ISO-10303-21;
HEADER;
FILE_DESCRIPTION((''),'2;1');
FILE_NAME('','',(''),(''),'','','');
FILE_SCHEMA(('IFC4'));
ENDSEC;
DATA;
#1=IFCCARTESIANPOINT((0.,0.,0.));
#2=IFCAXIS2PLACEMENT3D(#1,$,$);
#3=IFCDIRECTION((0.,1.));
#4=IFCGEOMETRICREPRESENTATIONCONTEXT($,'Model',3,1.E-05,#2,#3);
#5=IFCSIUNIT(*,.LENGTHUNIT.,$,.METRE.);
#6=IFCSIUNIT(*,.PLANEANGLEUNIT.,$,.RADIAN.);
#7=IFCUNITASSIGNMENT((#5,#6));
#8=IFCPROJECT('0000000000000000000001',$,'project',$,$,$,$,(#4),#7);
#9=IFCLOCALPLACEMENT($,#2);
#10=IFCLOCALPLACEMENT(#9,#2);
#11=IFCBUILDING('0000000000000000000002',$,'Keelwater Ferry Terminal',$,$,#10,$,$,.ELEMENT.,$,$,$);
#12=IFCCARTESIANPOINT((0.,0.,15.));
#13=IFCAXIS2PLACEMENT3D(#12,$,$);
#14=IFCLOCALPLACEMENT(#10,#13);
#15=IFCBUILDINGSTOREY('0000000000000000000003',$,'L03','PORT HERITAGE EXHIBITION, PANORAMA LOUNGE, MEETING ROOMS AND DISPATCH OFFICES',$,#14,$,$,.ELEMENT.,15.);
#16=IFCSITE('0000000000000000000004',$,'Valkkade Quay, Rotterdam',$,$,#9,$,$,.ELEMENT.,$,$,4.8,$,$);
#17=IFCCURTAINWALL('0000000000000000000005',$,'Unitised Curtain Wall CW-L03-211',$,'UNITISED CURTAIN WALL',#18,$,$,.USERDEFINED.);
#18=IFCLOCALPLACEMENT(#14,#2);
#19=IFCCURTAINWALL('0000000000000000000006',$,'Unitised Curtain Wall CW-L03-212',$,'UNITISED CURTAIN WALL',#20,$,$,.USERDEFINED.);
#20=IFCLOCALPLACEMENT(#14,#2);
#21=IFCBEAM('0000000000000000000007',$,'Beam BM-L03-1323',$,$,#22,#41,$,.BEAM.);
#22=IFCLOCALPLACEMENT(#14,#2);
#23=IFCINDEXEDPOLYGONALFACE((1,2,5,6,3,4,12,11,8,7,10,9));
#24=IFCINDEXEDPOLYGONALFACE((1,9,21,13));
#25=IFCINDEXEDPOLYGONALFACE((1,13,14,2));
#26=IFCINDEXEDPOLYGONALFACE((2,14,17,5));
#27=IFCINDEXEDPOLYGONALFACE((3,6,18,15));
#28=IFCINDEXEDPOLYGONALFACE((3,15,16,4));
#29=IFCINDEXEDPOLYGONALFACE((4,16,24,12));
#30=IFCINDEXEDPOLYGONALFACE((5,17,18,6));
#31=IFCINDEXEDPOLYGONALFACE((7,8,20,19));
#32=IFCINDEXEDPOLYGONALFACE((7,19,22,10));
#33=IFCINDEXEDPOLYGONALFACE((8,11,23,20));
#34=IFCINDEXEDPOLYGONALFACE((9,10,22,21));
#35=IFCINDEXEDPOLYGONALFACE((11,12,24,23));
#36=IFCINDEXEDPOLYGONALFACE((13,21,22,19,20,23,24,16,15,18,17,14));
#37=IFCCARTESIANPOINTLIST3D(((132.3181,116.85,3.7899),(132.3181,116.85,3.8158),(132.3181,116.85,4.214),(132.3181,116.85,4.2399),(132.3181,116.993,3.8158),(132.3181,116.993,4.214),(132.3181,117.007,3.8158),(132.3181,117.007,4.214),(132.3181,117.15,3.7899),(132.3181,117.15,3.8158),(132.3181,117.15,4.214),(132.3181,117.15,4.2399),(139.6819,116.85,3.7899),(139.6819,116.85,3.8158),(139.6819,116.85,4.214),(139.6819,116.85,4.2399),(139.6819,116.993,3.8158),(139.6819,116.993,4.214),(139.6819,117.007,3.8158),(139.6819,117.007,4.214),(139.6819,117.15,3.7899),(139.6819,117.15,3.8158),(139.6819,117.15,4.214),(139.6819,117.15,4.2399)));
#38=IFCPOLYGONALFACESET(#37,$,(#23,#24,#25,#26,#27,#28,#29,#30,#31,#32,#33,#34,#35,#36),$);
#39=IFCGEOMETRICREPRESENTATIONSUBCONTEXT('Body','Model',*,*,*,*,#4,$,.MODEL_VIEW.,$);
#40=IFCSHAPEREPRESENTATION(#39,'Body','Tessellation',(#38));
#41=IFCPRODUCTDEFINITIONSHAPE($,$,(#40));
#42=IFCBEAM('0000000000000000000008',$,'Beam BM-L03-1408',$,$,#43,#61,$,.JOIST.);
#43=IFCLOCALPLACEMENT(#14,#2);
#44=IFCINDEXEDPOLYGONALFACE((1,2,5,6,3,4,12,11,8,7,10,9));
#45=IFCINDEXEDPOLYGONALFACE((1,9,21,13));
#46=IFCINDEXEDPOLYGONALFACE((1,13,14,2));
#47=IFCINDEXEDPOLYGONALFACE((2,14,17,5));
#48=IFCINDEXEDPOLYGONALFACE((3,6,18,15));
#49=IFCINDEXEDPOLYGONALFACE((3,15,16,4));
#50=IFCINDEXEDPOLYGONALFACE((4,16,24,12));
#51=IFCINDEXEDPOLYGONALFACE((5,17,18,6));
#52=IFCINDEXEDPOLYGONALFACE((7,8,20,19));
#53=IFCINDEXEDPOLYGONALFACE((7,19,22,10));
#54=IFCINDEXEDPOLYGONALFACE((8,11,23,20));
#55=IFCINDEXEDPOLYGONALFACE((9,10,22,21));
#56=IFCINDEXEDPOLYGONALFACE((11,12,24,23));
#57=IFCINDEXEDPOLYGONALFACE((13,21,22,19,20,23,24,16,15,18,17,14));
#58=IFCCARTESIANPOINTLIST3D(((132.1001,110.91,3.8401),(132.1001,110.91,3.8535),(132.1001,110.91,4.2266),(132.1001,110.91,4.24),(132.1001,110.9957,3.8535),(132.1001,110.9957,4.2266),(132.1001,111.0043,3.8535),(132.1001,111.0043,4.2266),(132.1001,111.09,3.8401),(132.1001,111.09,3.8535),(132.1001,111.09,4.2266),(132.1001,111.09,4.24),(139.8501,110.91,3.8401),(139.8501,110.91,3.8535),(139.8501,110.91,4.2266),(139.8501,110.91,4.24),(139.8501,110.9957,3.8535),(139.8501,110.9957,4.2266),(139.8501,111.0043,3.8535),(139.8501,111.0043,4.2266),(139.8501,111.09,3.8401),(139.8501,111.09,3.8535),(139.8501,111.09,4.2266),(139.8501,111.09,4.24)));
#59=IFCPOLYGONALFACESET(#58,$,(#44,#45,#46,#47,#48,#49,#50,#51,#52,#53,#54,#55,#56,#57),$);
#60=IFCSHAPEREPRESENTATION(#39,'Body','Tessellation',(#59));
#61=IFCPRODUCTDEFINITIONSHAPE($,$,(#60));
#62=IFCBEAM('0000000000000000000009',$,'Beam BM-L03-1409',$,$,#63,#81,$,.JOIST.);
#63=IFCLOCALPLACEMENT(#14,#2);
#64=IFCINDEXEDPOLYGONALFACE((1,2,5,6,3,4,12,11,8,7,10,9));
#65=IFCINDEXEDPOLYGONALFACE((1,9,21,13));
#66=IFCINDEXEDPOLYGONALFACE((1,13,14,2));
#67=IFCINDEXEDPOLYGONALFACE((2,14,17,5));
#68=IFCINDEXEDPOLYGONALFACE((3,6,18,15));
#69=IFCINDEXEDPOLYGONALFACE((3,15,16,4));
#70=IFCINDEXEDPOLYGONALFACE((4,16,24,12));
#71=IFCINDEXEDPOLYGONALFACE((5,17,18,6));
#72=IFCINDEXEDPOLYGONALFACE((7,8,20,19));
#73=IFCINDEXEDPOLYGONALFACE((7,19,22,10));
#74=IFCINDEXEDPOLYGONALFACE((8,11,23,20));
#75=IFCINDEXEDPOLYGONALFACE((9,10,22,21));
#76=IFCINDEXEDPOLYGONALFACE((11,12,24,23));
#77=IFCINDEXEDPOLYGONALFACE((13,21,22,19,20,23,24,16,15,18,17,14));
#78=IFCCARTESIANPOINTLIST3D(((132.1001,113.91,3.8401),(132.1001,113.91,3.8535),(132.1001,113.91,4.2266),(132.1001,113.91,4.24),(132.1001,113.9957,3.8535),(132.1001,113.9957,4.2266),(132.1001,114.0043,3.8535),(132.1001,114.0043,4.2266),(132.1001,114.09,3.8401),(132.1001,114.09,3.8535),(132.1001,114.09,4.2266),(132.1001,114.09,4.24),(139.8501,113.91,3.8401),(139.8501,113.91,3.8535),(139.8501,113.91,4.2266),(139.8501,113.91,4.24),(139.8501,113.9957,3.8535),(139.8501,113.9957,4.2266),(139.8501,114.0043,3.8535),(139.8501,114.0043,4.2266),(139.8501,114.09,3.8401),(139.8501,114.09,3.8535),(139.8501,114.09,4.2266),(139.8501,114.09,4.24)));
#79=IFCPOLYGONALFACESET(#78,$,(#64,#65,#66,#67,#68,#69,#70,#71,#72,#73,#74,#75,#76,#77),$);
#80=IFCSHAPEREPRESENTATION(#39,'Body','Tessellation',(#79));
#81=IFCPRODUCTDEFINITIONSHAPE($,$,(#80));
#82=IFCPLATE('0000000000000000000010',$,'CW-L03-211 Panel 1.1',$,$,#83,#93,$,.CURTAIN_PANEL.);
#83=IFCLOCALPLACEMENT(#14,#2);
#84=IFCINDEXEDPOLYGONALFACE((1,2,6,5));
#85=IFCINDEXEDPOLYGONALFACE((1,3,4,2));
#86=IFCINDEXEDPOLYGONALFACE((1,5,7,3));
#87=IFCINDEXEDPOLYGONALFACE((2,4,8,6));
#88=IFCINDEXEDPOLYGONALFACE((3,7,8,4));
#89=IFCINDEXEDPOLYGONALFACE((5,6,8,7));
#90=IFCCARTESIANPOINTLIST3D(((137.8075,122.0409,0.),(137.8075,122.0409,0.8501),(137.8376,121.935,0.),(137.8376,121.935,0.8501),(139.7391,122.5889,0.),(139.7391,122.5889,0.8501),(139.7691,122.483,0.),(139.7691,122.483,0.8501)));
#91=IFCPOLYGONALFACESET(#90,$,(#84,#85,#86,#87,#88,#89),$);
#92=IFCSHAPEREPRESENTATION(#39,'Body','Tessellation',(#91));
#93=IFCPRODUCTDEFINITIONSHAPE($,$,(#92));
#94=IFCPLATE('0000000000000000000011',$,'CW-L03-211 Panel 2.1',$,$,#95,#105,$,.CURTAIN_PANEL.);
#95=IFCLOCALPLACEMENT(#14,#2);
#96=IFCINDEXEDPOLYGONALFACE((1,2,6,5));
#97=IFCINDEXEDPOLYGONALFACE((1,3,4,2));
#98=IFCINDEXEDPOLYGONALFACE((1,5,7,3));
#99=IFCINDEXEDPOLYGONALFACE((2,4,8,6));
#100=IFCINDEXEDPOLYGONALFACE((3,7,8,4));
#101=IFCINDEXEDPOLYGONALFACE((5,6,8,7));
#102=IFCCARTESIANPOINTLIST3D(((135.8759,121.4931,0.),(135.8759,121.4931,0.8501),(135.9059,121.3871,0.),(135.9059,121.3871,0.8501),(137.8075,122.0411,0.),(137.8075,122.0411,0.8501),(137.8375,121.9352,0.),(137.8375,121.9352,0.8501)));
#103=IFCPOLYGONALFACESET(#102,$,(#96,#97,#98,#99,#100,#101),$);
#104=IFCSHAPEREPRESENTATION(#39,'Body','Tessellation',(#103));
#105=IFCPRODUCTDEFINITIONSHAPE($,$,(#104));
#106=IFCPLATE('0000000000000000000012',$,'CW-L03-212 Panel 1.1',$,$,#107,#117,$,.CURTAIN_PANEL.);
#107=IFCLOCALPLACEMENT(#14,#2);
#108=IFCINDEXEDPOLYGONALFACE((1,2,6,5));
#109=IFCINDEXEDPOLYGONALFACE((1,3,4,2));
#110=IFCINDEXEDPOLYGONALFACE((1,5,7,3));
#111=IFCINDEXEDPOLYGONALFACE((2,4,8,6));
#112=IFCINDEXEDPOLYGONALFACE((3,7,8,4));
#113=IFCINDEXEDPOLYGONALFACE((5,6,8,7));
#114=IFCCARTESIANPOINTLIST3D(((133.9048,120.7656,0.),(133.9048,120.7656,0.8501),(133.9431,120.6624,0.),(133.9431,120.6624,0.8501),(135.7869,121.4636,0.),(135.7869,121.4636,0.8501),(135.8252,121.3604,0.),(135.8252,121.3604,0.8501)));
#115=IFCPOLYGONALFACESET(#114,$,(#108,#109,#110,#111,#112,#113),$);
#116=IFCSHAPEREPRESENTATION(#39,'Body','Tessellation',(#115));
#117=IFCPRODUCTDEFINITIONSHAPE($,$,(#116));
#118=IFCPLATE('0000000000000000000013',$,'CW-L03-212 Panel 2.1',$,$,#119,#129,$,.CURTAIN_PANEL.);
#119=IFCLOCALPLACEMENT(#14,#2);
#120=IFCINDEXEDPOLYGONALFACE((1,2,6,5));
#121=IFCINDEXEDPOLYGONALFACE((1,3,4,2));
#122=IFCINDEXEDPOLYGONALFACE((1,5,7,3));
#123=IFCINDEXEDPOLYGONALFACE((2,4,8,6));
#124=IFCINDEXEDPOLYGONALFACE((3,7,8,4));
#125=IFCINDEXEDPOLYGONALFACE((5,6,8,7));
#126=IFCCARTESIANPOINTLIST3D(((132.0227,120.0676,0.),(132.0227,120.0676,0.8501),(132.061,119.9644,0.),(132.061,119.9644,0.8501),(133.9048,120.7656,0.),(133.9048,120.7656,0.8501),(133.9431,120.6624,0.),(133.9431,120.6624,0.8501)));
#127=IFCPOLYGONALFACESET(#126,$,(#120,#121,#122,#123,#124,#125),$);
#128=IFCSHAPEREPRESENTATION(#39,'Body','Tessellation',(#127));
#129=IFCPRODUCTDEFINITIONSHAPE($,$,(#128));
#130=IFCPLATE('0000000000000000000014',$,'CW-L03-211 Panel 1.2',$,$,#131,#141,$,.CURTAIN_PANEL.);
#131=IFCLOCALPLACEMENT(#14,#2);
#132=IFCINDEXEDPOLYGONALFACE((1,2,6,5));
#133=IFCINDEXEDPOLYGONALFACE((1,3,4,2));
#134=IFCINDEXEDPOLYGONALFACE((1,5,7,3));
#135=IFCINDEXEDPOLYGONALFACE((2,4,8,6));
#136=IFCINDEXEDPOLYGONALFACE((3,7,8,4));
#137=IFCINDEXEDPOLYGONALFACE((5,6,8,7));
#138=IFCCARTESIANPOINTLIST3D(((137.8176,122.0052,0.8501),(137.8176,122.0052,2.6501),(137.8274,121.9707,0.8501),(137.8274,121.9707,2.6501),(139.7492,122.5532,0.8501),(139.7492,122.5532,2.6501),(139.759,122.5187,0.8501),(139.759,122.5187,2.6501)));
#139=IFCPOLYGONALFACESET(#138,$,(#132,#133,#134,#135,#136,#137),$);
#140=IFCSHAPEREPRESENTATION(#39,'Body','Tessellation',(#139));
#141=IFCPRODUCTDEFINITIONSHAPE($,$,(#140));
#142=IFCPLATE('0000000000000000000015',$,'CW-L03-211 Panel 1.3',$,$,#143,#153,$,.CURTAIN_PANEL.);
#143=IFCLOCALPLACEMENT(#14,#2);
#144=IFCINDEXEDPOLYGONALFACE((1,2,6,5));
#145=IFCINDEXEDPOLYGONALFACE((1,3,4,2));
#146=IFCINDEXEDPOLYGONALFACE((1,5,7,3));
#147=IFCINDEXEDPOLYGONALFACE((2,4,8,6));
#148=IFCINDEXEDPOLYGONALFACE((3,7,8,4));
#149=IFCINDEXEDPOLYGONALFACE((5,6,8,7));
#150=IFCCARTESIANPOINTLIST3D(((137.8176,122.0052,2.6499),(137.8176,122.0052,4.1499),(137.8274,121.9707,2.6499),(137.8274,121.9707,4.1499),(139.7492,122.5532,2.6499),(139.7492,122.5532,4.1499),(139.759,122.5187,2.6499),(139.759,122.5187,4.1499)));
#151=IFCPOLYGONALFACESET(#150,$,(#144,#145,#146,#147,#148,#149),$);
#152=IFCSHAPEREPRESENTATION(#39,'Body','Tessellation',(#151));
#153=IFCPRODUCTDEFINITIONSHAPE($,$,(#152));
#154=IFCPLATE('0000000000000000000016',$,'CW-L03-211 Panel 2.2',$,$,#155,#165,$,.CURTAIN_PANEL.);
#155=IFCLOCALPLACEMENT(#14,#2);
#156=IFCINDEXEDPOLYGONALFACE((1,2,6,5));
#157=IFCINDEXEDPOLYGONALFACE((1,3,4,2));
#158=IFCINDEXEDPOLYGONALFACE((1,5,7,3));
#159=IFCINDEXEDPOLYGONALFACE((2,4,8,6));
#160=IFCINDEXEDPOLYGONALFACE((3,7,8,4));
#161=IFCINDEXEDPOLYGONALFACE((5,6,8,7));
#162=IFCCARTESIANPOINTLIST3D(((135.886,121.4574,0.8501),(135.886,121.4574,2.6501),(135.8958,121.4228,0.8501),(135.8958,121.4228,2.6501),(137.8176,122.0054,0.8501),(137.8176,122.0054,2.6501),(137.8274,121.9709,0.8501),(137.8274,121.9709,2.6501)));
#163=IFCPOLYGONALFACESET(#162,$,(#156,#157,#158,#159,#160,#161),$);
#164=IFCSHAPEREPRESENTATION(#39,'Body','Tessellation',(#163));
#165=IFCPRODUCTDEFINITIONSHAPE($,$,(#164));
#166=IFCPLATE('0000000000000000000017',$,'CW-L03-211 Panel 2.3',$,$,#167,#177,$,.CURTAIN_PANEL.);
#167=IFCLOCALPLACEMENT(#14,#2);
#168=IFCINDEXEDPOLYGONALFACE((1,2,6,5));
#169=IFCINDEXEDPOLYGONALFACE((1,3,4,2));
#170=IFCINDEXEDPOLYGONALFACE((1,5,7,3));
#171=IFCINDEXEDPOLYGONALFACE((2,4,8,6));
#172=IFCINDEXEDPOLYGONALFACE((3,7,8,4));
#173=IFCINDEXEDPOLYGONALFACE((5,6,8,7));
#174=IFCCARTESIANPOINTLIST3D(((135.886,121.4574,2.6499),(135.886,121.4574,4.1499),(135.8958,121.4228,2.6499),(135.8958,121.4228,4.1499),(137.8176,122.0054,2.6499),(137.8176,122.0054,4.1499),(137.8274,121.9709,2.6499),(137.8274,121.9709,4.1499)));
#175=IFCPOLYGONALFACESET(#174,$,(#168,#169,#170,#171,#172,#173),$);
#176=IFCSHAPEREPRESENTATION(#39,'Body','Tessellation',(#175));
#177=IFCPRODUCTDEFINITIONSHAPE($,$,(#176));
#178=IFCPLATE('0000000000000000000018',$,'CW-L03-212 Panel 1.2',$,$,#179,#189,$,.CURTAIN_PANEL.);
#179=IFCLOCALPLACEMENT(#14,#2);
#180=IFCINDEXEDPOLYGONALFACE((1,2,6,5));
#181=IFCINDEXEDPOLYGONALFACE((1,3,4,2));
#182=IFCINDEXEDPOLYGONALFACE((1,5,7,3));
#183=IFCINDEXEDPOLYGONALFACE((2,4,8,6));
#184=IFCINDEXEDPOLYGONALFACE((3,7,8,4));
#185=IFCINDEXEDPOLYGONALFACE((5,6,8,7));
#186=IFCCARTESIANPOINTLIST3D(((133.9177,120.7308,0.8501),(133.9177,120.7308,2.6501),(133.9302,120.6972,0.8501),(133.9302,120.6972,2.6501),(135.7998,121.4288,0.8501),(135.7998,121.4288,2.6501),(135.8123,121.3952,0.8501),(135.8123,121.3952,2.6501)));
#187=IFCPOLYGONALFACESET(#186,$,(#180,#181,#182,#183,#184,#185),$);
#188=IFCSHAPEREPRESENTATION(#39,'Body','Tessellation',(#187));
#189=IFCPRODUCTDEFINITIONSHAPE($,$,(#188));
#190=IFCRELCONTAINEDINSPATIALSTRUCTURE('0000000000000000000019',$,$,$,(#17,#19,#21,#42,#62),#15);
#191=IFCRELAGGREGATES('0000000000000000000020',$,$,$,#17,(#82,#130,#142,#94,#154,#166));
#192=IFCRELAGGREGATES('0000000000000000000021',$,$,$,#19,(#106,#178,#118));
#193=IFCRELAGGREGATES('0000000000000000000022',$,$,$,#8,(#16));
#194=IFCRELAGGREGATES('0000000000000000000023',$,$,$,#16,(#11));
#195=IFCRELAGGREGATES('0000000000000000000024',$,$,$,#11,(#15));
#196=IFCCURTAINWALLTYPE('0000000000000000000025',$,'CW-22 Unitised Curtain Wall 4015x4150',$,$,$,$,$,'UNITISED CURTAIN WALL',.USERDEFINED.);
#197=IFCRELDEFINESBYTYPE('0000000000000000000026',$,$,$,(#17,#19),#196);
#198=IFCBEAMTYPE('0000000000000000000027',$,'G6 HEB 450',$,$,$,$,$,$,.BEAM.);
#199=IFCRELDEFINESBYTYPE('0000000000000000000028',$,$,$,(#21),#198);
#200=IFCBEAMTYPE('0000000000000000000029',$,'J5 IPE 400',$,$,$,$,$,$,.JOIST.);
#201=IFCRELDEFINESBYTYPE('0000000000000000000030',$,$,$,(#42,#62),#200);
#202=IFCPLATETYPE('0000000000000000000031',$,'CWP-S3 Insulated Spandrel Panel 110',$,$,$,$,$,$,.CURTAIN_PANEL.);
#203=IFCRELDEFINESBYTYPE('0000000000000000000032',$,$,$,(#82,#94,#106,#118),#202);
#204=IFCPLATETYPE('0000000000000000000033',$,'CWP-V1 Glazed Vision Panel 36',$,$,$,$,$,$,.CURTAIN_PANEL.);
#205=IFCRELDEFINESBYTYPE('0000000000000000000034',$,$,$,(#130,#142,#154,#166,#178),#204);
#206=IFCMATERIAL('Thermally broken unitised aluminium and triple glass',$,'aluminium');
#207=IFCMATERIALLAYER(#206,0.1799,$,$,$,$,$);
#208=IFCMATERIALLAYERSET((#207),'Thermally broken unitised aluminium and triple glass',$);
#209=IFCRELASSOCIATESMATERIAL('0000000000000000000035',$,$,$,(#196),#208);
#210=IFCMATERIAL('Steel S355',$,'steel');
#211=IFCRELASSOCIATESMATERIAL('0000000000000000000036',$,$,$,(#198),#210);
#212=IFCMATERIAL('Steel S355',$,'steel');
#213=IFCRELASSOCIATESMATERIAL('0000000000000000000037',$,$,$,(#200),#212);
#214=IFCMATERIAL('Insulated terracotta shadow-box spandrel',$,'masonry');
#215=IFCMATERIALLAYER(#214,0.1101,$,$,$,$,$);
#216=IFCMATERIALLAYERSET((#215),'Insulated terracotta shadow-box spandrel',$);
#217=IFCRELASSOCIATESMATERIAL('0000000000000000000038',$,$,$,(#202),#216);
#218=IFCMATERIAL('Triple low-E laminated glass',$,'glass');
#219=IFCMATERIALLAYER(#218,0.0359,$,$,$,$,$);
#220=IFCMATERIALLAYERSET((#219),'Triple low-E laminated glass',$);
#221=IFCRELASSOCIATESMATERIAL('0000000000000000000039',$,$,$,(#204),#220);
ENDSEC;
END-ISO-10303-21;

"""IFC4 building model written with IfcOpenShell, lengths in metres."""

from ifc_helpers import new_model, si_unit, direction, frame, origin, origin_2d, place, context, subcontext, project, spatial, rectangle, i_section, extrude, material, layer, layer_set, material_profile, profile_set, type_object, element, aggregate, save


model = new_model("IFC4")

# Units and contexts
model_context = context("Model", 3, precision=1e-05, world=origin(), true_north=direction((0.0, 1.0)))
body_context = subcontext(model_context, "Body", "Model", "MODEL_VIEW")
ifc_project = project(units=[si_unit("LENGTHUNIT", "METRE"), si_unit("PLANEANGLEUNIT", "RADIAN")], contexts=[model_context])

# Site, building, storey
site_placement = place(None, origin())
site = spatial("IfcSite", under=ifc_project, at=site_placement, Name="Valkkade Quay, Rotterdam", CompositionType="ELEMENT", RefElevation=4.8)
building_placement = place(site_placement, origin())
building = spatial("IfcBuilding", under=site, at=building_placement, Name="Keelwater Ferry Terminal", CompositionType="ELEMENT")
storey_placement = place(building_placement, frame((0.0, 0.0, 15.0)))
storey = spatial("IfcBuildingStorey", under=building, at=storey_placement, Name="L03", Description="PORT HERITAGE EXHIBITION, PANORAMA LOUNGE, MEETING ROOMS AND DISPATCH OFFICES", CompositionType="ELEMENT", Elevation=15.0)

# Shared definitions
ifc_material_1 = material(Name="Thermally broken unitised aluminium and triple glass", Category="aluminium")
ifc_layer_1 = layer(ifc_material_1, 0.1799)
ifc_layer_set_1 = layer_set([ifc_layer_1], Name="Thermally broken unitised aluminium and triple glass")
curtain_wall_type = type_object("IfcCurtainWallType", Name="CW-22 Unitised Curtain Wall 4015x4150", ElementType="UNITISED CURTAIN WALL", PredefinedType="USERDEFINED", material=ifc_layer_set_1)

# Curtain walls
curtain_wall_1_placement = place(storey_placement, origin())
curtain_wall_1 = element("IfcCurtainWall", 1, at=curtain_wall_1_placement, inside=storey, type_object=curtain_wall_type, Name="Unitised Curtain Wall CW-L03-211", ObjectType="UNITISED CURTAIN WALL", PredefinedType="USERDEFINED")
curtain_wall_2_placement = place(storey_placement, origin())
curtain_wall_2 = element("IfcCurtainWall", 2, at=curtain_wall_2_placement, inside=storey, type_object=curtain_wall_type, Name="Unitised Curtain Wall CW-L03-212", ObjectType="UNITISED CURTAIN WALL", PredefinedType="USERDEFINED")

# Beams
ifc_material_2 = material(Name="Steel S355", Category="steel")
ifc_material_profile_1 = material_profile(ifc_material_2, i_section(OverallWidth=0.3, OverallDepth=0.45, WebThickness=0.0139, FlangeThickness=0.0259, at=origin_2d()), Name="HEB 450")
ifc_profile_set_1 = profile_set([ifc_material_profile_1], Name="Steel S355")
beam_type_1 = type_object("IfcBeamType", Name="G6 HEB 450", PredefinedType="BEAM", material=ifc_profile_set_1)
beam_placement = place(storey_placement, frame((132.3181, 117.0, 4.0149), z_axis=(1.0, 0.0, 0.0), x_axis=(0.0, 1.0, 0.0)))
element("IfcBeam", 3, at=beam_placement, inside=storey, type_object=beam_type_1, Name="Beam BM-L03-1323", PredefinedType="BEAM", context=body_context, shape_type="SweptSolid", body=[
    extrude(i_section(OverallWidth=0.3, OverallDepth=0.45, WebThickness=0.0139, FlangeThickness=0.0259, at=origin_2d()), origin(), (0.0, 0.0, 1.0), 7.3638),
])
ifc_material_3 = material(Name="Steel S355", Category="steel")
ifc_material_profile_2 = material_profile(ifc_material_3, i_section(OverallWidth=0.1799, OverallDepth=0.3999, WebThickness=0.0085, FlangeThickness=0.0134, at=origin_2d()), Name="IPE 400")
ifc_profile_set_2 = profile_set([ifc_material_profile_2], Name="Steel S355")
beam_type_2 = type_object("IfcBeamType", Name="J5 IPE 400", PredefinedType="JOIST", material=ifc_profile_set_2)
for number, where, z_axis, x_axis, name in (
    (4, (132.1001, 111.0, 4.04), (1.0, 0.0, 0.0), (0.0, 1.0, 0.0), "Beam BM-L03-1408"),
    (5, (132.1001, 114.0, 4.04), (1.0, 0.0, 0.0), (0.0, 1.0, 0.0), "Beam BM-L03-1409"),
):
    element("IfcBeam", number, at=place(storey_placement, frame(where, z_axis=z_axis, x_axis=x_axis)), inside=storey, type_object=beam_type_2, Name=name, PredefinedType="JOIST", context=body_context, shape_type="SweptSolid", body=[
        extrude(i_section(OverallWidth=0.1799, OverallDepth=0.3999, WebThickness=0.0085, FlangeThickness=0.0134, at=origin_2d()), origin(), (0.0, 0.0, 1.0), 7.75),
    ])

# Plates
ifc_material_4 = material(Name="Insulated terracotta shadow-box spandrel", Category="masonry")
ifc_layer_2 = layer(ifc_material_4, 0.1101)
ifc_layer_set_2 = layer_set([ifc_layer_2], Name="Insulated terracotta shadow-box spandrel")
plate_type_1 = type_object("IfcPlateType", Name="CWP-S3 Insulated Spandrel Panel 110", PredefinedType="CURTAIN_PANEL", material=ifc_layer_set_2)
plate_1_placement = place(storey_placement, frame((138.7883, 122.262, 0.0), z_axis=(0.0, 0.0, 1.0), x_axis=(-0.96203, -0.272945, 0.0)))
plate_1 = element("IfcPlate", 6, at=plate_1_placement, type_object=plate_type_1, Name="CW-L03-211 Panel 1.1", PredefinedType="CURTAIN_PANEL", context=body_context, shape_type="SweptSolid", body=[
    extrude(rectangle(XDim=2.0078, YDim=0.1101, at=origin_2d()), origin(), (0.0, 0.0, 1.0), 0.8501),
])
plate_2_placement = place(storey_placement, frame((136.8567, 121.7141, 0.0), z_axis=(0.0, 0.0, 1.0), x_axis=(-0.96203, -0.272945, 0.0)))
plate_2 = element("IfcPlate", 7, at=plate_2_placement, type_object=plate_type_1, Name="CW-L03-211 Panel 2.1", PredefinedType="CURTAIN_PANEL", context=body_context, shape_type="SweptSolid", body=[
    extrude(rectangle(XDim=2.0078, YDim=0.1101, at=origin_2d()), origin(), (0.0, 0.0, 1.0), 0.8501),
])
plate_3_placement = place(storey_placement, frame((134.865, 121.063, 0.0), z_axis=(0.0, 0.0, 1.0), x_axis=(-0.937592, -0.347736, 0.0)))
plate_3 = element("IfcPlate", 8, at=plate_3_placement, type_object=plate_type_1, Name="CW-L03-212 Panel 1.1", PredefinedType="CURTAIN_PANEL", context=body_context, shape_type="SweptSolid", body=[
    extrude(rectangle(XDim=2.0073, YDim=0.1101, at=origin_2d()), origin(), (0.0, 0.0, 1.0), 0.8501),
])
plate_4_placement = place(storey_placement, frame((132.9829, 120.365, 0.0), z_axis=(0.0, 0.0, 1.0), x_axis=(-0.937592, -0.347736, 0.0)))
plate_4 = element("IfcPlate", 9, at=plate_4_placement, type_object=plate_type_1, Name="CW-L03-212 Panel 2.1", PredefinedType="CURTAIN_PANEL", context=body_context, shape_type="SweptSolid", body=[
    extrude(rectangle(XDim=2.0073, YDim=0.1101, at=origin_2d()), origin(), (0.0, 0.0, 1.0), 0.8501),
])
ifc_material_5 = material(Name="Triple low-E laminated glass", Category="glass")
ifc_layer_3 = layer(ifc_material_5, 0.0359)
ifc_layer_set_3 = layer_set([ifc_layer_3], Name="Triple low-E laminated glass")
plate_type_2 = type_object("IfcPlateType", Name="CWP-V1 Glazed Vision Panel 36", PredefinedType="CURTAIN_PANEL", material=ifc_layer_set_3)
plate_5_placement = place(storey_placement, frame((138.7883, 122.262, 0.8501), z_axis=(0.0, 0.0, 1.0), x_axis=(-0.96203, -0.272945, 0.0)))
plate_5 = element("IfcPlate", 10, at=plate_5_placement, type_object=plate_type_2, Name="CW-L03-211 Panel 1.2", PredefinedType="CURTAIN_PANEL", context=body_context, shape_type="SweptSolid", body=[
    extrude(rectangle(XDim=2.0078, YDim=0.0359, at=origin_2d()), origin(), (0.0, 0.0, 1.0), 1.8),
])
plate_6_placement = place(storey_placement, frame((138.7883, 122.262, 2.6499), z_axis=(0.0, 0.0, 1.0), x_axis=(-0.96203, -0.272945, 0.0)))
plate_6 = element("IfcPlate", 11, at=plate_6_placement, type_object=plate_type_2, Name="CW-L03-211 Panel 1.3", PredefinedType="CURTAIN_PANEL", context=body_context, shape_type="SweptSolid", body=[
    extrude(rectangle(XDim=2.0078, YDim=0.0359, at=origin_2d()), origin(), (0.0, 0.0, 1.0), 1.5),
])
plate_7_placement = place(storey_placement, frame((136.8567, 121.7141, 0.8501), z_axis=(0.0, 0.0, 1.0), x_axis=(-0.96203, -0.272945, 0.0)))
plate_7 = element("IfcPlate", 12, at=plate_7_placement, type_object=plate_type_2, Name="CW-L03-211 Panel 2.2", PredefinedType="CURTAIN_PANEL", context=body_context, shape_type="SweptSolid", body=[
    extrude(rectangle(XDim=2.0078, YDim=0.0359, at=origin_2d()), origin(), (0.0, 0.0, 1.0), 1.8),
])
plate_8_placement = place(storey_placement, frame((136.8567, 121.7141, 2.6499), z_axis=(0.0, 0.0, 1.0), x_axis=(-0.96203, -0.272945, 0.0)))
plate_8 = element("IfcPlate", 13, at=plate_8_placement, type_object=plate_type_2, Name="CW-L03-211 Panel 2.3", PredefinedType="CURTAIN_PANEL", context=body_context, shape_type="SweptSolid", body=[
    extrude(rectangle(XDim=2.0078, YDim=0.0359, at=origin_2d()), origin(), (0.0, 0.0, 1.0), 1.5),
])
aggregate(curtain_wall_1, [plate_1, plate_5, plate_6, plate_2, plate_7, plate_8])
plate_9_placement = place(storey_placement, frame((134.865, 121.063, 0.8501), z_axis=(0.0, 0.0, 1.0), x_axis=(-0.937592, -0.347736, 0.0)))
plate_9 = element("IfcPlate", 14, at=plate_9_placement, type_object=plate_type_2, Name="CW-L03-212 Panel 1.2", PredefinedType="CURTAIN_PANEL", context=body_context, shape_type="SweptSolid", body=[
    extrude(rectangle(XDim=2.0073, YDim=0.0359, at=origin_2d()), origin(), (0.0, 0.0, 1.0), 1.8),
])
aggregate(curtain_wall_2, [plate_3, plate_9, plate_4])

save(model, "model.ifc")
